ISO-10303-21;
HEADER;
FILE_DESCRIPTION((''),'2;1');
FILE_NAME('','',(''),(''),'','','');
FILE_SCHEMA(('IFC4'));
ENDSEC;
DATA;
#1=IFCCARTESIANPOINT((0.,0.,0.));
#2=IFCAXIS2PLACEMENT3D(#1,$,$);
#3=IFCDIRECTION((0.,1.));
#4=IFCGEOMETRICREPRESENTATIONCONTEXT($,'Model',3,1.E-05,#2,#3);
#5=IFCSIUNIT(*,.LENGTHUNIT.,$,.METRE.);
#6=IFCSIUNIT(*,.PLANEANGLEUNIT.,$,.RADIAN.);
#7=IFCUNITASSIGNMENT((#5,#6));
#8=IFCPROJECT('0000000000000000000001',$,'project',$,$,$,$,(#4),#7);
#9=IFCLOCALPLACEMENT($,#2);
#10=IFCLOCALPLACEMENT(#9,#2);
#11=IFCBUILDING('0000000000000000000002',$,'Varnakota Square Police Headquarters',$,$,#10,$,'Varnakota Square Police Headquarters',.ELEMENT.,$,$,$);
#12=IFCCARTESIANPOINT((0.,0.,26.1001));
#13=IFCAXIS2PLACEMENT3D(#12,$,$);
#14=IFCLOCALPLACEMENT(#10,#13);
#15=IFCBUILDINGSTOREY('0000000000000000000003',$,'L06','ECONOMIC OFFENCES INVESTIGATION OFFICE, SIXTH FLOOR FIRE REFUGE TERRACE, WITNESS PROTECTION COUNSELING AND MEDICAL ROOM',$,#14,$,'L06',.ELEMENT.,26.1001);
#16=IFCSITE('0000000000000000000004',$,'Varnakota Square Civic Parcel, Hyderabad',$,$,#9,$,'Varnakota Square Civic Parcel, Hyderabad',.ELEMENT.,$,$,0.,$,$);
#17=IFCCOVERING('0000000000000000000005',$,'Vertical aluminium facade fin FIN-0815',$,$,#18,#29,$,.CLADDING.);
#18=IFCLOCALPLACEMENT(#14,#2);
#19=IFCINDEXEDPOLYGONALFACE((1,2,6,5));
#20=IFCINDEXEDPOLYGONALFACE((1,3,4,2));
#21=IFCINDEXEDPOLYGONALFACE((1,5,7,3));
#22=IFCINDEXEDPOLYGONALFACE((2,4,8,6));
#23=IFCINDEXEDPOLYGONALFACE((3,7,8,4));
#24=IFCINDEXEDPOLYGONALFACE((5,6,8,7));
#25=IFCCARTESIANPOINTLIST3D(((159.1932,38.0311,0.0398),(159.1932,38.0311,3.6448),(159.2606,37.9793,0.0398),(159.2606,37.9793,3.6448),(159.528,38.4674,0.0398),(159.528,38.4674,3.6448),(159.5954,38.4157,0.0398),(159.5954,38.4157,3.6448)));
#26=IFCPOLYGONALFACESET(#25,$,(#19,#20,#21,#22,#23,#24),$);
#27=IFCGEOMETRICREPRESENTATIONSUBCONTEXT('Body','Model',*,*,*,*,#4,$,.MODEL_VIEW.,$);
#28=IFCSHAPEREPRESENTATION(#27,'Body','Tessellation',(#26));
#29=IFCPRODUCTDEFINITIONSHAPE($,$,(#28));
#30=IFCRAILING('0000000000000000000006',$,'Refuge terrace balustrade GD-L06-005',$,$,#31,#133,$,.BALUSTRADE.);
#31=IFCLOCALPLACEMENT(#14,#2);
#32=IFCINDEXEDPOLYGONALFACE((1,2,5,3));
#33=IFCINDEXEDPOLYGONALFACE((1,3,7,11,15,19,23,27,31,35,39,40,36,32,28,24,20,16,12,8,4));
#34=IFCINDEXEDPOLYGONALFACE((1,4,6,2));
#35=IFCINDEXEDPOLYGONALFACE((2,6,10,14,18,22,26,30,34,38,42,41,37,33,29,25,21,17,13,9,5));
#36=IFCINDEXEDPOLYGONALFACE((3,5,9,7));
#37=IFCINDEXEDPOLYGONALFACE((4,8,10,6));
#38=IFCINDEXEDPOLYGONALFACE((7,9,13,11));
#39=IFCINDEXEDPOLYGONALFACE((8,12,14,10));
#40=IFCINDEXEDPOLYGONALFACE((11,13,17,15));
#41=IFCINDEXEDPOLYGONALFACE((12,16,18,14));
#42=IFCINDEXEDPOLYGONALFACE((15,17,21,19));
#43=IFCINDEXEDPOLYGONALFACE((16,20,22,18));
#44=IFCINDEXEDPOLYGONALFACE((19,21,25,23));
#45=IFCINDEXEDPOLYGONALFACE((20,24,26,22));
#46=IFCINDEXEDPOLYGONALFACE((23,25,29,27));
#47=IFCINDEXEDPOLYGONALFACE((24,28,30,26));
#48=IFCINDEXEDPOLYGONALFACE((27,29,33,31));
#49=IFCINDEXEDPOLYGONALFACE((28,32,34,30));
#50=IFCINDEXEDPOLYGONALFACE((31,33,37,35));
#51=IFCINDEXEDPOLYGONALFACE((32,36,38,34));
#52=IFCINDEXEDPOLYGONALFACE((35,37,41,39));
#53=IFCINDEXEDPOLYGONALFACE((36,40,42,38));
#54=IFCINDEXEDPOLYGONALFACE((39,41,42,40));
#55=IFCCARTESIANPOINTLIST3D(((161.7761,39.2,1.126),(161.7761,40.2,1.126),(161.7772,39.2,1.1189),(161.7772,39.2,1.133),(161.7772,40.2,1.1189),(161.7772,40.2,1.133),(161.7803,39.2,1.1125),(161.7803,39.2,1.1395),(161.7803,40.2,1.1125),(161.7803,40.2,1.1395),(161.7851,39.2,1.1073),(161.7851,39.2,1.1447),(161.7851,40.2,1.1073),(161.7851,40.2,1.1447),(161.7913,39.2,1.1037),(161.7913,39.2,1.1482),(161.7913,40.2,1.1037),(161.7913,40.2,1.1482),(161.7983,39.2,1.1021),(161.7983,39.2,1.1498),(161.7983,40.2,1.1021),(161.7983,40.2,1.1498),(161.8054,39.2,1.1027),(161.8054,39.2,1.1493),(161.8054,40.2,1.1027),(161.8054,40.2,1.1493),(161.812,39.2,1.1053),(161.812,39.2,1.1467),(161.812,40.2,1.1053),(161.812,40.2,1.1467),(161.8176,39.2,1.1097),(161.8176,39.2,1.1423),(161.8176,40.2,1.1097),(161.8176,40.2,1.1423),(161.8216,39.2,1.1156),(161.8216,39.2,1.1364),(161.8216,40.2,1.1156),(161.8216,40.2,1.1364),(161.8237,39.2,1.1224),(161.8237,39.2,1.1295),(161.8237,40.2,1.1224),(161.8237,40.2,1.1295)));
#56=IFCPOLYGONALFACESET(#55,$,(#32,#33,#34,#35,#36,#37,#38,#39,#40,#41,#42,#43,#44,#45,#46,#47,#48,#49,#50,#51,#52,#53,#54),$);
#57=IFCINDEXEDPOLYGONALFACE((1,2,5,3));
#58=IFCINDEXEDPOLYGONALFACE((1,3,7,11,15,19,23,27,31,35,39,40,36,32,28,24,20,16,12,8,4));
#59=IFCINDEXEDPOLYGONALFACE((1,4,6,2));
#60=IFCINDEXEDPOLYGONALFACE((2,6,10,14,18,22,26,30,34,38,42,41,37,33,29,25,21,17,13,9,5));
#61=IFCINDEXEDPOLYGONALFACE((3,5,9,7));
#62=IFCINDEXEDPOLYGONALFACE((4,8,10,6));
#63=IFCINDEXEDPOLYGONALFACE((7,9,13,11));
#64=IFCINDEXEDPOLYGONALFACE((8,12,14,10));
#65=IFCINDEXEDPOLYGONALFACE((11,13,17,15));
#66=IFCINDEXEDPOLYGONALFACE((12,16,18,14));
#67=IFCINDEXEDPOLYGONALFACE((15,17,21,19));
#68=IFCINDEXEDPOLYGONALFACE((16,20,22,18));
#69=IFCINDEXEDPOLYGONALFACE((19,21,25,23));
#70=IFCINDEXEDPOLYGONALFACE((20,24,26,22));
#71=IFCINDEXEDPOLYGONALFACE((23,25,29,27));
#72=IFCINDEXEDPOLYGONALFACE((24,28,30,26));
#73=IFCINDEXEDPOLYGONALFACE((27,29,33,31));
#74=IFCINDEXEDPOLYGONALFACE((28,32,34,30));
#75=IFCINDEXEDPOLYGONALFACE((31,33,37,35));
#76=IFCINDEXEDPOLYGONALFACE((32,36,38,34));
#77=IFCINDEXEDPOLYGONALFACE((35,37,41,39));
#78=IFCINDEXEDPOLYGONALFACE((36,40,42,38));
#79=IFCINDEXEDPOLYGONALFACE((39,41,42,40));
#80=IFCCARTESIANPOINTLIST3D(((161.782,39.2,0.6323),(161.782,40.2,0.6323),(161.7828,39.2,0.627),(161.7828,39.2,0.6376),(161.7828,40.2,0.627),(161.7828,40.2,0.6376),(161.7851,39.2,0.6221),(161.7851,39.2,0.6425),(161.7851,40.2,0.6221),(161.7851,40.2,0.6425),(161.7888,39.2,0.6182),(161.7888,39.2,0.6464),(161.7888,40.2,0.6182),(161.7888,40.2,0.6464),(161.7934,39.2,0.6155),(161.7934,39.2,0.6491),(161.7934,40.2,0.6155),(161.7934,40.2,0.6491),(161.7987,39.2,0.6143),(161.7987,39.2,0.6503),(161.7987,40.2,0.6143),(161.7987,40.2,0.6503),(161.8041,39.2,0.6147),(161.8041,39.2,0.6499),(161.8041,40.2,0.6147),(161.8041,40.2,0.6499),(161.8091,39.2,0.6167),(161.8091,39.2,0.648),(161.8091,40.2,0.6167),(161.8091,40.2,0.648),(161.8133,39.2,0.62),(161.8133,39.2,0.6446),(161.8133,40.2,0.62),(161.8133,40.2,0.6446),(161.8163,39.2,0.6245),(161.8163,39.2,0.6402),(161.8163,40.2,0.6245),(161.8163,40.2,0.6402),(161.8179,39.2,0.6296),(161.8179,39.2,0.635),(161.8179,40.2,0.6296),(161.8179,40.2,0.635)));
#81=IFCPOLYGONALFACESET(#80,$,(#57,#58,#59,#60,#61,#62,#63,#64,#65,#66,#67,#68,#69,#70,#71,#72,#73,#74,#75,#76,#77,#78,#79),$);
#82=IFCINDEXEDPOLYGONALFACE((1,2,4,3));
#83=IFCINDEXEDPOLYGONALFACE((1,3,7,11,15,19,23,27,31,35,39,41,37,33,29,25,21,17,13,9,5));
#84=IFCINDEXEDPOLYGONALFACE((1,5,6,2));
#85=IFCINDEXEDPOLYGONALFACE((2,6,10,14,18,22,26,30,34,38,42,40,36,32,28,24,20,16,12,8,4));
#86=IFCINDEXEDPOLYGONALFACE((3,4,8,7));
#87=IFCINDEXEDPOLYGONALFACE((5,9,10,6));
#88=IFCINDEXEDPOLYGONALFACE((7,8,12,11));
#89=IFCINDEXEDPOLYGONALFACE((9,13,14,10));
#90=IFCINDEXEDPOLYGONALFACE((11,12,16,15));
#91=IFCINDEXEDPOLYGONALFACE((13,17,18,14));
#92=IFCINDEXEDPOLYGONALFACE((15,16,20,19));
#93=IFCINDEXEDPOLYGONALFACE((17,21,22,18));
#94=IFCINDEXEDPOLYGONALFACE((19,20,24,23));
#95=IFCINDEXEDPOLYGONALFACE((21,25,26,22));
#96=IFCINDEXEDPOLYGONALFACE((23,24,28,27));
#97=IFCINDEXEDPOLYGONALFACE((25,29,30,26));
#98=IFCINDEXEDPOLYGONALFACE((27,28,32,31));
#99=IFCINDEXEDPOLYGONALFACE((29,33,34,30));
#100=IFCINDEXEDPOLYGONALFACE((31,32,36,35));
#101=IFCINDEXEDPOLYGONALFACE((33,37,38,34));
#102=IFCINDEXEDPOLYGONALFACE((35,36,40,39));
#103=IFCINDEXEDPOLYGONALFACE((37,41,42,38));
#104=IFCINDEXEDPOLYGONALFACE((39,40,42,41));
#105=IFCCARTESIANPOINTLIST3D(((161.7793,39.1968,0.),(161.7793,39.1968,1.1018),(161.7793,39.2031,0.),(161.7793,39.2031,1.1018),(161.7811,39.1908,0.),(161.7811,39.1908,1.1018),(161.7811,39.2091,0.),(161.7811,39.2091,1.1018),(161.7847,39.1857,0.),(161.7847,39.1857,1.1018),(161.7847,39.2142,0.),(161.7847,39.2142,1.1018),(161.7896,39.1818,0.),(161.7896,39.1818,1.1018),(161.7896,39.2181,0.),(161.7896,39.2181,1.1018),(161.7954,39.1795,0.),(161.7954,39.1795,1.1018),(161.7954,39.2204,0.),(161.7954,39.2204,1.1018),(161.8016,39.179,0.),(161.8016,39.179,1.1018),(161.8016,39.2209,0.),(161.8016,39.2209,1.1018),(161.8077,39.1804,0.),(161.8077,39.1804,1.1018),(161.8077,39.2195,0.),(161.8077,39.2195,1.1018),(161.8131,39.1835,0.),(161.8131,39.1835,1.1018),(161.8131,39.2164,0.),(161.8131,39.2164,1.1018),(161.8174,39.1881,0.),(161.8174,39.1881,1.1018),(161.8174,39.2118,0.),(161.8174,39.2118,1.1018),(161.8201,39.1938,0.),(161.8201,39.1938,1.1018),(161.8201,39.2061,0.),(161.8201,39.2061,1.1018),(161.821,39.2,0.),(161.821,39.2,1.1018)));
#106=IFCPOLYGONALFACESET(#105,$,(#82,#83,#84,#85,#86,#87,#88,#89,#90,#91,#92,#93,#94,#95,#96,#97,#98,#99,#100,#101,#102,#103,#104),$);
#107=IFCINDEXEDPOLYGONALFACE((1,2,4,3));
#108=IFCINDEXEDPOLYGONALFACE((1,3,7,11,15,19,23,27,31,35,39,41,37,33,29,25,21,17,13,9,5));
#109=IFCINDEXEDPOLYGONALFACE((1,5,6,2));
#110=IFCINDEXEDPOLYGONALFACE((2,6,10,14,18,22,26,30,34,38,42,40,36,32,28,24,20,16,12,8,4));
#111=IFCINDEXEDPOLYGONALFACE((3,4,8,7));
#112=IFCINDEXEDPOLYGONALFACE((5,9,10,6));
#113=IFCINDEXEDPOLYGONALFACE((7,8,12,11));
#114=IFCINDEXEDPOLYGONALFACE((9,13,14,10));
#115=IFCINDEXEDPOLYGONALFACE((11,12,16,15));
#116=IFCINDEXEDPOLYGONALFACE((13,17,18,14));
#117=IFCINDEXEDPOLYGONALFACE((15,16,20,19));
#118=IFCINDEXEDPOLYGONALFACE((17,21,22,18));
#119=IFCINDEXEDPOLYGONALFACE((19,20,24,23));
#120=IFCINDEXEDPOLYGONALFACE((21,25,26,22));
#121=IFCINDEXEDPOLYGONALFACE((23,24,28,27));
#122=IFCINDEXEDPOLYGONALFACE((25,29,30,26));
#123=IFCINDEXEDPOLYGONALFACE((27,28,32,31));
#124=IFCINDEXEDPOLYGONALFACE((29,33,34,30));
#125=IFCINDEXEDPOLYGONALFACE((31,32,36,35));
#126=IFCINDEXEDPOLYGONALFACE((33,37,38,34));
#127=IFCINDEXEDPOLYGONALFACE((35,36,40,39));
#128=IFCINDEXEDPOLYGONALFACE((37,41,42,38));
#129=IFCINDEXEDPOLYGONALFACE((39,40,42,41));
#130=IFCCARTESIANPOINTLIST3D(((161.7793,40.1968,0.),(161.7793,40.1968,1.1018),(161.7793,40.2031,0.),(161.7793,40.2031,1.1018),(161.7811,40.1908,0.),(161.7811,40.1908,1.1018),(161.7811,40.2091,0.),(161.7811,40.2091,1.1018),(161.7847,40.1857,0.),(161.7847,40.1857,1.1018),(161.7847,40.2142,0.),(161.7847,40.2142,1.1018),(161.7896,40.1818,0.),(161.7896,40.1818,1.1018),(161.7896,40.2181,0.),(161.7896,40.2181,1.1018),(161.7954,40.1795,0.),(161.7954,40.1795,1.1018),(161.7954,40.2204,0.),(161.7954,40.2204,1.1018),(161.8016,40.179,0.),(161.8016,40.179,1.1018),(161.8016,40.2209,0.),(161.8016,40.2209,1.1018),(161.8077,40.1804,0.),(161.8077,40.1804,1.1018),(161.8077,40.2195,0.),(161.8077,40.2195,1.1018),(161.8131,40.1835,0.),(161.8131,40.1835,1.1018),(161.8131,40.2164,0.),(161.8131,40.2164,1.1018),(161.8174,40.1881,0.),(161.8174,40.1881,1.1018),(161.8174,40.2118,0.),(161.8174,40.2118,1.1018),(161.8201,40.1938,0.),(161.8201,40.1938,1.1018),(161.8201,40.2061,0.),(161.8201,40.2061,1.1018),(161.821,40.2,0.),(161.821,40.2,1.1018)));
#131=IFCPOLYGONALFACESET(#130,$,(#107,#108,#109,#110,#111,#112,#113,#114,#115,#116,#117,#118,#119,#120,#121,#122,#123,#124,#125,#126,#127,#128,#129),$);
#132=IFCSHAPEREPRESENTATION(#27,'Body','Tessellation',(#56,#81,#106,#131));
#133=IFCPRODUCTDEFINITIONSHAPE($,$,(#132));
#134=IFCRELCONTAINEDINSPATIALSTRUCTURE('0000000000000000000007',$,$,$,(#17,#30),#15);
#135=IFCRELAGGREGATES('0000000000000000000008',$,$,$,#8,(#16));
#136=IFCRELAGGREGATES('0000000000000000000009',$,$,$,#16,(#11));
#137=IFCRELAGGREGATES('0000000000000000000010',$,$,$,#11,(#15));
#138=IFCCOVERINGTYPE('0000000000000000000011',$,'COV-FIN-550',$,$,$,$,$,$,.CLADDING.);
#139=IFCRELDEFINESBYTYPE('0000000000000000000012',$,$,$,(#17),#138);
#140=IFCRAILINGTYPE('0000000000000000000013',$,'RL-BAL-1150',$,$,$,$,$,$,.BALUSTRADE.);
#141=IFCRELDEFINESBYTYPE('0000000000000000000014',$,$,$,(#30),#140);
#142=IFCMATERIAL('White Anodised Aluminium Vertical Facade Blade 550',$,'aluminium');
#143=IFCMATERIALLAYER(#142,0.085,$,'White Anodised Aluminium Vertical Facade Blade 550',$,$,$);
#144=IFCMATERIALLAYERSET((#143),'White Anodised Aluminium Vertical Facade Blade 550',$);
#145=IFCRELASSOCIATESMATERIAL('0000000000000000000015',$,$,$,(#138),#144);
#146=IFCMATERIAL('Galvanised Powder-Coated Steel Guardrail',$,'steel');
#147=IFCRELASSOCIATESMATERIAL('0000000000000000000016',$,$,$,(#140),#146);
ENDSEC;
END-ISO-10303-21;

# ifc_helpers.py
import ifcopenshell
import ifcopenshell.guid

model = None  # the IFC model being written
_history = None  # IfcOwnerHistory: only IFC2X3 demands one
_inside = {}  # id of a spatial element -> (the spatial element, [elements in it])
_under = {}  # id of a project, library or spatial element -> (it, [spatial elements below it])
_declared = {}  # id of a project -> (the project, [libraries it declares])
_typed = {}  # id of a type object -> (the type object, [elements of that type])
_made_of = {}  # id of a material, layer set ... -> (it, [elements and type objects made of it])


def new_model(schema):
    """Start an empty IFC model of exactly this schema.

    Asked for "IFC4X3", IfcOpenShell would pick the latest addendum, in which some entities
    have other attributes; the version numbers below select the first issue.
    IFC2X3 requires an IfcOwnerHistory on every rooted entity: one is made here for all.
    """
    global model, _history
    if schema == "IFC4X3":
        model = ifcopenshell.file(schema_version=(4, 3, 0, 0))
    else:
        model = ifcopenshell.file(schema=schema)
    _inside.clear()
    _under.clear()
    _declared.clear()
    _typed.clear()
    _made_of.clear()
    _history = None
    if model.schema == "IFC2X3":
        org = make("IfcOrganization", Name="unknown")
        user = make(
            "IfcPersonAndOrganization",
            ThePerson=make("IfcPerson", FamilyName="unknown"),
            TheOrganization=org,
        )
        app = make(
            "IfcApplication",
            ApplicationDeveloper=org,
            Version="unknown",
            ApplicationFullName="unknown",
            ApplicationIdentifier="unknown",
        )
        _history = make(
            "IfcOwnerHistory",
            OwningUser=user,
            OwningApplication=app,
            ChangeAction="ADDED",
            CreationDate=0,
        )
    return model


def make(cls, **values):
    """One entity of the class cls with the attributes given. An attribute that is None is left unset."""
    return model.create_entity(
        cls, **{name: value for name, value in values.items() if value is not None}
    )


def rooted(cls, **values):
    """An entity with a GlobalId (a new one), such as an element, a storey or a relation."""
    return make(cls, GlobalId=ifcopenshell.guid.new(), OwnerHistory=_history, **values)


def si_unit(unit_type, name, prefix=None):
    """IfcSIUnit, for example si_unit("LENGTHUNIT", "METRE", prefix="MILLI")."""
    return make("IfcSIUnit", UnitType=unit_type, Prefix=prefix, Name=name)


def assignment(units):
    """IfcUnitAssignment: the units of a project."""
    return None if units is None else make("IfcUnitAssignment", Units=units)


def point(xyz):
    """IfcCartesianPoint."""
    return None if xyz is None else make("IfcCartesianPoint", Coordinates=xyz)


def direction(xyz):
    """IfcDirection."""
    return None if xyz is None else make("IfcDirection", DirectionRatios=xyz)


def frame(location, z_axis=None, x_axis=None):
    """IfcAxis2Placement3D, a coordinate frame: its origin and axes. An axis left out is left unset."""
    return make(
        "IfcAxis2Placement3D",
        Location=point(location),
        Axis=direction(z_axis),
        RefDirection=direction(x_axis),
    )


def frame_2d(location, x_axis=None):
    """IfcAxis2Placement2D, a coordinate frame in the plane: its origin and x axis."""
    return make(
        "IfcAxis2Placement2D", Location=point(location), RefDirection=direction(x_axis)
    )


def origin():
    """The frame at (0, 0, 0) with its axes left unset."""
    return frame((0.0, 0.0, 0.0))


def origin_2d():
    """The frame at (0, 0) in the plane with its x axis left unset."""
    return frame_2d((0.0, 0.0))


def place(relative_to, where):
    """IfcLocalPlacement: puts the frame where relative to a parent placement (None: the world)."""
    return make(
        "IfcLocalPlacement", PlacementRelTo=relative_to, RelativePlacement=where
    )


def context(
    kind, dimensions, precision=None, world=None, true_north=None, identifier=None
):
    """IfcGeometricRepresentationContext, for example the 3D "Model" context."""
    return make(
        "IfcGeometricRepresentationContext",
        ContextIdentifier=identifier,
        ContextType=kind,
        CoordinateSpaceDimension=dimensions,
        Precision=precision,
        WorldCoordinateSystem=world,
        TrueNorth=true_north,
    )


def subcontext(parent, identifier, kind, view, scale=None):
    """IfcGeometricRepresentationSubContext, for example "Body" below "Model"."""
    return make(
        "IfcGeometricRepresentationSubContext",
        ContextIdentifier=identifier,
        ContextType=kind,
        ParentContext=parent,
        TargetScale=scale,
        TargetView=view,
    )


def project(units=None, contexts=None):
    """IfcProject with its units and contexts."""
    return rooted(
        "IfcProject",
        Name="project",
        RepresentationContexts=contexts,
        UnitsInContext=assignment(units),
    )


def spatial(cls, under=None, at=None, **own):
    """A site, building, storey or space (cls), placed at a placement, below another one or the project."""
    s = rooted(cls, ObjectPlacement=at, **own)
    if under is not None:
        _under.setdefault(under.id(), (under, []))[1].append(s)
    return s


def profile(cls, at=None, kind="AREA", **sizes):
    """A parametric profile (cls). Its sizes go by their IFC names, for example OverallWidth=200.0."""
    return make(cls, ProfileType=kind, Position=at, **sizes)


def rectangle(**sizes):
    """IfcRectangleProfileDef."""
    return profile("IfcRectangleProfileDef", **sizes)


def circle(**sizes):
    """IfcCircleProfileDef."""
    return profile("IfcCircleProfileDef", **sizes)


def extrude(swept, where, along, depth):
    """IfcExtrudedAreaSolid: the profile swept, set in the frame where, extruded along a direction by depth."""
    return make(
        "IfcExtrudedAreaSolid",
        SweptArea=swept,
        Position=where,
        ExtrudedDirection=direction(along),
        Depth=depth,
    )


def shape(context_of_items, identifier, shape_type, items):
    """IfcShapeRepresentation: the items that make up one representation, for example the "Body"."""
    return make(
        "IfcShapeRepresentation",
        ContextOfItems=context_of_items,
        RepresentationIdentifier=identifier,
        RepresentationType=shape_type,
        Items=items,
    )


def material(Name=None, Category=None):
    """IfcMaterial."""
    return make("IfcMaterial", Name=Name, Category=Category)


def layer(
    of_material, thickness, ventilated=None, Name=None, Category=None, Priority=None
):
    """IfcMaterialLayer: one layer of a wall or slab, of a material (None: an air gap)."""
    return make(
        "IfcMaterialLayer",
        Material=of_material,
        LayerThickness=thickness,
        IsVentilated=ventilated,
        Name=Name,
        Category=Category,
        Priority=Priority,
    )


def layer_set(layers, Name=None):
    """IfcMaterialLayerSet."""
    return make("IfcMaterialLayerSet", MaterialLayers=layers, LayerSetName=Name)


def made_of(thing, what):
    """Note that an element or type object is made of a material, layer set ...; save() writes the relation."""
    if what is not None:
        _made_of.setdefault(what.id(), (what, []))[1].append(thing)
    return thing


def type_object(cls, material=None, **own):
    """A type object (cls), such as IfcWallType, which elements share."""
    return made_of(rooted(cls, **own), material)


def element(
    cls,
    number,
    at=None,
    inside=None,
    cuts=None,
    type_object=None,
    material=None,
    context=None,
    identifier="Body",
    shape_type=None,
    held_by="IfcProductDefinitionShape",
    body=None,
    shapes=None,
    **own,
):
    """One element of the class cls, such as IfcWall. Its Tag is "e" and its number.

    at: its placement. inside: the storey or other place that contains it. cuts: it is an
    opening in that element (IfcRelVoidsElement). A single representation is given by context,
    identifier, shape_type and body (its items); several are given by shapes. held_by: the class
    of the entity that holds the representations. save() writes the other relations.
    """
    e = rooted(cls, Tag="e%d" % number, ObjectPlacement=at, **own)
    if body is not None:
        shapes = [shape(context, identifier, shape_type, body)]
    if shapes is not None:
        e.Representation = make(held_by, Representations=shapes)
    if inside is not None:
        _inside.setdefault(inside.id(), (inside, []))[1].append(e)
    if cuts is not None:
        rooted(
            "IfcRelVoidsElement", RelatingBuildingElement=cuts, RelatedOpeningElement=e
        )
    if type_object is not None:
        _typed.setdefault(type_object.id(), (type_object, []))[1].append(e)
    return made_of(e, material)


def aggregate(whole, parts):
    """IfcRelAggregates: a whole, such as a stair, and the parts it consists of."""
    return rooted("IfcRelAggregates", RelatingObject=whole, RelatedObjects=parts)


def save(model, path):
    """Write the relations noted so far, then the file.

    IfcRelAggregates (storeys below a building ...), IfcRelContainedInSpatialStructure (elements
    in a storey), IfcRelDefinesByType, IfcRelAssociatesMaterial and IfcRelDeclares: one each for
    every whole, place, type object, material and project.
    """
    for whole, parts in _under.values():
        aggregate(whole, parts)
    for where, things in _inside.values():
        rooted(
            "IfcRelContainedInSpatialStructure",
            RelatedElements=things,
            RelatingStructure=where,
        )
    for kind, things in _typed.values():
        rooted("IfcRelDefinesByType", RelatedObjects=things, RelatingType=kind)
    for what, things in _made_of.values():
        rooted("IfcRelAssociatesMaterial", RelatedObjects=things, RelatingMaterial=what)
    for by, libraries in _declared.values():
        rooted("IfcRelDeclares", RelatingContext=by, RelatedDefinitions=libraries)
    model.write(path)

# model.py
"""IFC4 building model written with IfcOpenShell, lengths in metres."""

from ifc_helpers import new_model, si_unit, direction, frame, origin, origin_2d, place, context, subcontext, project, spatial, rectangle, circle, extrude, material, layer, layer_set, type_object, element, save


model = new_model("IFC4")

# Units and contexts
model_context = context("Model", 3, precision=1e-05, world=origin(), true_north=direction((0.0, 1.0)))
body_context = subcontext(model_context, "Body", "Model", "MODEL_VIEW")
ifc_project = project(units=[si_unit("LENGTHUNIT", "METRE"), si_unit("PLANEANGLEUNIT", "RADIAN")], contexts=[model_context])

# Site, building, storey
site_placement = place(None, origin())
site = spatial("IfcSite", under=ifc_project, at=site_placement, Name="Varnakota Square Civic Parcel, Hyderabad", LongName="Varnakota Square Civic Parcel, Hyderabad", CompositionType="ELEMENT", RefElevation=0.0)
building_placement = place(site_placement, origin())
building = spatial("IfcBuilding", under=site, at=building_placement, Name="Varnakota Square Police Headquarters", LongName="Varnakota Square Police Headquarters", CompositionType="ELEMENT")
storey_placement = place(building_placement, frame((0.0, 0.0, 26.1001)))
storey = spatial("IfcBuildingStorey", under=building, at=storey_placement, Name="L06", Description="ECONOMIC OFFENCES INVESTIGATION OFFICE, SIXTH FLOOR FIRE REFUGE TERRACE, WITNESS PROTECTION COUNSELING AND MEDICAL ROOM", LongName="L06", CompositionType="ELEMENT", Elevation=26.1001)

# Covering
ifc_material_1 = material(Name="White Anodised Aluminium Vertical Facade Blade 550", Category="aluminium")
ifc_layer_1 = layer(ifc_material_1, 0.085, Name="White Anodised Aluminium Vertical Facade Blade 550")
ifc_layer_set_1 = layer_set([ifc_layer_1], Name="White Anodised Aluminium Vertical Facade Blade 550")
covering_type_1 = type_object("IfcCoveringType", Name="COV-FIN-550", PredefinedType="CLADDING", material=ifc_layer_set_1)
covering_1_placement = place(storey_placement, frame((159.3943, 38.2234, 0.0398), z_axis=(0.0, 0.0, 1.0), x_axis=(-0.793353, 0.608761, 0.0)))
element("IfcCovering", 1, at=covering_1_placement, inside=storey, type_object=covering_type_1, Name="Vertical aluminium facade fin FIN-0815", PredefinedType="CLADDING", context=body_context, shape_type="SweptSolid", body=[
    extrude(rectangle(XDim=0.085, YDim=0.55, at=origin_2d()), origin(), (0.0, 0.0, 1.0), 3.605),
])

# Railing
ifc_material_2 = material(Name="Galvanised Powder-Coated Steel Guardrail", Category="steel")
railing_type = type_object("IfcRailingType", Name="RL-BAL-1150", PredefinedType="BALUSTRADE", material=ifc_material_2)
railing_1_placement = place(storey_placement, frame((161.8, 39.2, 0.0)))
element("IfcRailing", 2, at=railing_1_placement, inside=storey, type_object=railing_type, Name="Refuge terrace balustrade GD-L06-005", PredefinedType="BALUSTRADE", context=body_context, shape_type="SweptSolid", body=[
    extrude(circle(Radius=0.0239, at=origin_2d()), frame((0.0, 0.0, 1.126), z_axis=(0.0, 1.0, 0.0), x_axis=(-1.0, 0.0, 0.0)), (0.0, 0.0, 1.0), 1.0),
    extrude(circle(Radius=0.0181, at=origin_2d()), frame((0.0, 0.0, 0.6323), z_axis=(0.0, 1.0, 0.0), x_axis=(-1.0, 0.0, 0.0)), (0.0, 0.0, 1.0), 1.0),
    extrude(circle(Radius=0.021, at=origin_2d()), origin(), (0.0, 0.0, 1.0), 1.1018),
    extrude(circle(Radius=0.021, at=origin_2d()), frame((0.0, 1.0, 0.0)), (0.0, 0.0, 1.0), 1.1018),
])

save(model, "model.ifc")
